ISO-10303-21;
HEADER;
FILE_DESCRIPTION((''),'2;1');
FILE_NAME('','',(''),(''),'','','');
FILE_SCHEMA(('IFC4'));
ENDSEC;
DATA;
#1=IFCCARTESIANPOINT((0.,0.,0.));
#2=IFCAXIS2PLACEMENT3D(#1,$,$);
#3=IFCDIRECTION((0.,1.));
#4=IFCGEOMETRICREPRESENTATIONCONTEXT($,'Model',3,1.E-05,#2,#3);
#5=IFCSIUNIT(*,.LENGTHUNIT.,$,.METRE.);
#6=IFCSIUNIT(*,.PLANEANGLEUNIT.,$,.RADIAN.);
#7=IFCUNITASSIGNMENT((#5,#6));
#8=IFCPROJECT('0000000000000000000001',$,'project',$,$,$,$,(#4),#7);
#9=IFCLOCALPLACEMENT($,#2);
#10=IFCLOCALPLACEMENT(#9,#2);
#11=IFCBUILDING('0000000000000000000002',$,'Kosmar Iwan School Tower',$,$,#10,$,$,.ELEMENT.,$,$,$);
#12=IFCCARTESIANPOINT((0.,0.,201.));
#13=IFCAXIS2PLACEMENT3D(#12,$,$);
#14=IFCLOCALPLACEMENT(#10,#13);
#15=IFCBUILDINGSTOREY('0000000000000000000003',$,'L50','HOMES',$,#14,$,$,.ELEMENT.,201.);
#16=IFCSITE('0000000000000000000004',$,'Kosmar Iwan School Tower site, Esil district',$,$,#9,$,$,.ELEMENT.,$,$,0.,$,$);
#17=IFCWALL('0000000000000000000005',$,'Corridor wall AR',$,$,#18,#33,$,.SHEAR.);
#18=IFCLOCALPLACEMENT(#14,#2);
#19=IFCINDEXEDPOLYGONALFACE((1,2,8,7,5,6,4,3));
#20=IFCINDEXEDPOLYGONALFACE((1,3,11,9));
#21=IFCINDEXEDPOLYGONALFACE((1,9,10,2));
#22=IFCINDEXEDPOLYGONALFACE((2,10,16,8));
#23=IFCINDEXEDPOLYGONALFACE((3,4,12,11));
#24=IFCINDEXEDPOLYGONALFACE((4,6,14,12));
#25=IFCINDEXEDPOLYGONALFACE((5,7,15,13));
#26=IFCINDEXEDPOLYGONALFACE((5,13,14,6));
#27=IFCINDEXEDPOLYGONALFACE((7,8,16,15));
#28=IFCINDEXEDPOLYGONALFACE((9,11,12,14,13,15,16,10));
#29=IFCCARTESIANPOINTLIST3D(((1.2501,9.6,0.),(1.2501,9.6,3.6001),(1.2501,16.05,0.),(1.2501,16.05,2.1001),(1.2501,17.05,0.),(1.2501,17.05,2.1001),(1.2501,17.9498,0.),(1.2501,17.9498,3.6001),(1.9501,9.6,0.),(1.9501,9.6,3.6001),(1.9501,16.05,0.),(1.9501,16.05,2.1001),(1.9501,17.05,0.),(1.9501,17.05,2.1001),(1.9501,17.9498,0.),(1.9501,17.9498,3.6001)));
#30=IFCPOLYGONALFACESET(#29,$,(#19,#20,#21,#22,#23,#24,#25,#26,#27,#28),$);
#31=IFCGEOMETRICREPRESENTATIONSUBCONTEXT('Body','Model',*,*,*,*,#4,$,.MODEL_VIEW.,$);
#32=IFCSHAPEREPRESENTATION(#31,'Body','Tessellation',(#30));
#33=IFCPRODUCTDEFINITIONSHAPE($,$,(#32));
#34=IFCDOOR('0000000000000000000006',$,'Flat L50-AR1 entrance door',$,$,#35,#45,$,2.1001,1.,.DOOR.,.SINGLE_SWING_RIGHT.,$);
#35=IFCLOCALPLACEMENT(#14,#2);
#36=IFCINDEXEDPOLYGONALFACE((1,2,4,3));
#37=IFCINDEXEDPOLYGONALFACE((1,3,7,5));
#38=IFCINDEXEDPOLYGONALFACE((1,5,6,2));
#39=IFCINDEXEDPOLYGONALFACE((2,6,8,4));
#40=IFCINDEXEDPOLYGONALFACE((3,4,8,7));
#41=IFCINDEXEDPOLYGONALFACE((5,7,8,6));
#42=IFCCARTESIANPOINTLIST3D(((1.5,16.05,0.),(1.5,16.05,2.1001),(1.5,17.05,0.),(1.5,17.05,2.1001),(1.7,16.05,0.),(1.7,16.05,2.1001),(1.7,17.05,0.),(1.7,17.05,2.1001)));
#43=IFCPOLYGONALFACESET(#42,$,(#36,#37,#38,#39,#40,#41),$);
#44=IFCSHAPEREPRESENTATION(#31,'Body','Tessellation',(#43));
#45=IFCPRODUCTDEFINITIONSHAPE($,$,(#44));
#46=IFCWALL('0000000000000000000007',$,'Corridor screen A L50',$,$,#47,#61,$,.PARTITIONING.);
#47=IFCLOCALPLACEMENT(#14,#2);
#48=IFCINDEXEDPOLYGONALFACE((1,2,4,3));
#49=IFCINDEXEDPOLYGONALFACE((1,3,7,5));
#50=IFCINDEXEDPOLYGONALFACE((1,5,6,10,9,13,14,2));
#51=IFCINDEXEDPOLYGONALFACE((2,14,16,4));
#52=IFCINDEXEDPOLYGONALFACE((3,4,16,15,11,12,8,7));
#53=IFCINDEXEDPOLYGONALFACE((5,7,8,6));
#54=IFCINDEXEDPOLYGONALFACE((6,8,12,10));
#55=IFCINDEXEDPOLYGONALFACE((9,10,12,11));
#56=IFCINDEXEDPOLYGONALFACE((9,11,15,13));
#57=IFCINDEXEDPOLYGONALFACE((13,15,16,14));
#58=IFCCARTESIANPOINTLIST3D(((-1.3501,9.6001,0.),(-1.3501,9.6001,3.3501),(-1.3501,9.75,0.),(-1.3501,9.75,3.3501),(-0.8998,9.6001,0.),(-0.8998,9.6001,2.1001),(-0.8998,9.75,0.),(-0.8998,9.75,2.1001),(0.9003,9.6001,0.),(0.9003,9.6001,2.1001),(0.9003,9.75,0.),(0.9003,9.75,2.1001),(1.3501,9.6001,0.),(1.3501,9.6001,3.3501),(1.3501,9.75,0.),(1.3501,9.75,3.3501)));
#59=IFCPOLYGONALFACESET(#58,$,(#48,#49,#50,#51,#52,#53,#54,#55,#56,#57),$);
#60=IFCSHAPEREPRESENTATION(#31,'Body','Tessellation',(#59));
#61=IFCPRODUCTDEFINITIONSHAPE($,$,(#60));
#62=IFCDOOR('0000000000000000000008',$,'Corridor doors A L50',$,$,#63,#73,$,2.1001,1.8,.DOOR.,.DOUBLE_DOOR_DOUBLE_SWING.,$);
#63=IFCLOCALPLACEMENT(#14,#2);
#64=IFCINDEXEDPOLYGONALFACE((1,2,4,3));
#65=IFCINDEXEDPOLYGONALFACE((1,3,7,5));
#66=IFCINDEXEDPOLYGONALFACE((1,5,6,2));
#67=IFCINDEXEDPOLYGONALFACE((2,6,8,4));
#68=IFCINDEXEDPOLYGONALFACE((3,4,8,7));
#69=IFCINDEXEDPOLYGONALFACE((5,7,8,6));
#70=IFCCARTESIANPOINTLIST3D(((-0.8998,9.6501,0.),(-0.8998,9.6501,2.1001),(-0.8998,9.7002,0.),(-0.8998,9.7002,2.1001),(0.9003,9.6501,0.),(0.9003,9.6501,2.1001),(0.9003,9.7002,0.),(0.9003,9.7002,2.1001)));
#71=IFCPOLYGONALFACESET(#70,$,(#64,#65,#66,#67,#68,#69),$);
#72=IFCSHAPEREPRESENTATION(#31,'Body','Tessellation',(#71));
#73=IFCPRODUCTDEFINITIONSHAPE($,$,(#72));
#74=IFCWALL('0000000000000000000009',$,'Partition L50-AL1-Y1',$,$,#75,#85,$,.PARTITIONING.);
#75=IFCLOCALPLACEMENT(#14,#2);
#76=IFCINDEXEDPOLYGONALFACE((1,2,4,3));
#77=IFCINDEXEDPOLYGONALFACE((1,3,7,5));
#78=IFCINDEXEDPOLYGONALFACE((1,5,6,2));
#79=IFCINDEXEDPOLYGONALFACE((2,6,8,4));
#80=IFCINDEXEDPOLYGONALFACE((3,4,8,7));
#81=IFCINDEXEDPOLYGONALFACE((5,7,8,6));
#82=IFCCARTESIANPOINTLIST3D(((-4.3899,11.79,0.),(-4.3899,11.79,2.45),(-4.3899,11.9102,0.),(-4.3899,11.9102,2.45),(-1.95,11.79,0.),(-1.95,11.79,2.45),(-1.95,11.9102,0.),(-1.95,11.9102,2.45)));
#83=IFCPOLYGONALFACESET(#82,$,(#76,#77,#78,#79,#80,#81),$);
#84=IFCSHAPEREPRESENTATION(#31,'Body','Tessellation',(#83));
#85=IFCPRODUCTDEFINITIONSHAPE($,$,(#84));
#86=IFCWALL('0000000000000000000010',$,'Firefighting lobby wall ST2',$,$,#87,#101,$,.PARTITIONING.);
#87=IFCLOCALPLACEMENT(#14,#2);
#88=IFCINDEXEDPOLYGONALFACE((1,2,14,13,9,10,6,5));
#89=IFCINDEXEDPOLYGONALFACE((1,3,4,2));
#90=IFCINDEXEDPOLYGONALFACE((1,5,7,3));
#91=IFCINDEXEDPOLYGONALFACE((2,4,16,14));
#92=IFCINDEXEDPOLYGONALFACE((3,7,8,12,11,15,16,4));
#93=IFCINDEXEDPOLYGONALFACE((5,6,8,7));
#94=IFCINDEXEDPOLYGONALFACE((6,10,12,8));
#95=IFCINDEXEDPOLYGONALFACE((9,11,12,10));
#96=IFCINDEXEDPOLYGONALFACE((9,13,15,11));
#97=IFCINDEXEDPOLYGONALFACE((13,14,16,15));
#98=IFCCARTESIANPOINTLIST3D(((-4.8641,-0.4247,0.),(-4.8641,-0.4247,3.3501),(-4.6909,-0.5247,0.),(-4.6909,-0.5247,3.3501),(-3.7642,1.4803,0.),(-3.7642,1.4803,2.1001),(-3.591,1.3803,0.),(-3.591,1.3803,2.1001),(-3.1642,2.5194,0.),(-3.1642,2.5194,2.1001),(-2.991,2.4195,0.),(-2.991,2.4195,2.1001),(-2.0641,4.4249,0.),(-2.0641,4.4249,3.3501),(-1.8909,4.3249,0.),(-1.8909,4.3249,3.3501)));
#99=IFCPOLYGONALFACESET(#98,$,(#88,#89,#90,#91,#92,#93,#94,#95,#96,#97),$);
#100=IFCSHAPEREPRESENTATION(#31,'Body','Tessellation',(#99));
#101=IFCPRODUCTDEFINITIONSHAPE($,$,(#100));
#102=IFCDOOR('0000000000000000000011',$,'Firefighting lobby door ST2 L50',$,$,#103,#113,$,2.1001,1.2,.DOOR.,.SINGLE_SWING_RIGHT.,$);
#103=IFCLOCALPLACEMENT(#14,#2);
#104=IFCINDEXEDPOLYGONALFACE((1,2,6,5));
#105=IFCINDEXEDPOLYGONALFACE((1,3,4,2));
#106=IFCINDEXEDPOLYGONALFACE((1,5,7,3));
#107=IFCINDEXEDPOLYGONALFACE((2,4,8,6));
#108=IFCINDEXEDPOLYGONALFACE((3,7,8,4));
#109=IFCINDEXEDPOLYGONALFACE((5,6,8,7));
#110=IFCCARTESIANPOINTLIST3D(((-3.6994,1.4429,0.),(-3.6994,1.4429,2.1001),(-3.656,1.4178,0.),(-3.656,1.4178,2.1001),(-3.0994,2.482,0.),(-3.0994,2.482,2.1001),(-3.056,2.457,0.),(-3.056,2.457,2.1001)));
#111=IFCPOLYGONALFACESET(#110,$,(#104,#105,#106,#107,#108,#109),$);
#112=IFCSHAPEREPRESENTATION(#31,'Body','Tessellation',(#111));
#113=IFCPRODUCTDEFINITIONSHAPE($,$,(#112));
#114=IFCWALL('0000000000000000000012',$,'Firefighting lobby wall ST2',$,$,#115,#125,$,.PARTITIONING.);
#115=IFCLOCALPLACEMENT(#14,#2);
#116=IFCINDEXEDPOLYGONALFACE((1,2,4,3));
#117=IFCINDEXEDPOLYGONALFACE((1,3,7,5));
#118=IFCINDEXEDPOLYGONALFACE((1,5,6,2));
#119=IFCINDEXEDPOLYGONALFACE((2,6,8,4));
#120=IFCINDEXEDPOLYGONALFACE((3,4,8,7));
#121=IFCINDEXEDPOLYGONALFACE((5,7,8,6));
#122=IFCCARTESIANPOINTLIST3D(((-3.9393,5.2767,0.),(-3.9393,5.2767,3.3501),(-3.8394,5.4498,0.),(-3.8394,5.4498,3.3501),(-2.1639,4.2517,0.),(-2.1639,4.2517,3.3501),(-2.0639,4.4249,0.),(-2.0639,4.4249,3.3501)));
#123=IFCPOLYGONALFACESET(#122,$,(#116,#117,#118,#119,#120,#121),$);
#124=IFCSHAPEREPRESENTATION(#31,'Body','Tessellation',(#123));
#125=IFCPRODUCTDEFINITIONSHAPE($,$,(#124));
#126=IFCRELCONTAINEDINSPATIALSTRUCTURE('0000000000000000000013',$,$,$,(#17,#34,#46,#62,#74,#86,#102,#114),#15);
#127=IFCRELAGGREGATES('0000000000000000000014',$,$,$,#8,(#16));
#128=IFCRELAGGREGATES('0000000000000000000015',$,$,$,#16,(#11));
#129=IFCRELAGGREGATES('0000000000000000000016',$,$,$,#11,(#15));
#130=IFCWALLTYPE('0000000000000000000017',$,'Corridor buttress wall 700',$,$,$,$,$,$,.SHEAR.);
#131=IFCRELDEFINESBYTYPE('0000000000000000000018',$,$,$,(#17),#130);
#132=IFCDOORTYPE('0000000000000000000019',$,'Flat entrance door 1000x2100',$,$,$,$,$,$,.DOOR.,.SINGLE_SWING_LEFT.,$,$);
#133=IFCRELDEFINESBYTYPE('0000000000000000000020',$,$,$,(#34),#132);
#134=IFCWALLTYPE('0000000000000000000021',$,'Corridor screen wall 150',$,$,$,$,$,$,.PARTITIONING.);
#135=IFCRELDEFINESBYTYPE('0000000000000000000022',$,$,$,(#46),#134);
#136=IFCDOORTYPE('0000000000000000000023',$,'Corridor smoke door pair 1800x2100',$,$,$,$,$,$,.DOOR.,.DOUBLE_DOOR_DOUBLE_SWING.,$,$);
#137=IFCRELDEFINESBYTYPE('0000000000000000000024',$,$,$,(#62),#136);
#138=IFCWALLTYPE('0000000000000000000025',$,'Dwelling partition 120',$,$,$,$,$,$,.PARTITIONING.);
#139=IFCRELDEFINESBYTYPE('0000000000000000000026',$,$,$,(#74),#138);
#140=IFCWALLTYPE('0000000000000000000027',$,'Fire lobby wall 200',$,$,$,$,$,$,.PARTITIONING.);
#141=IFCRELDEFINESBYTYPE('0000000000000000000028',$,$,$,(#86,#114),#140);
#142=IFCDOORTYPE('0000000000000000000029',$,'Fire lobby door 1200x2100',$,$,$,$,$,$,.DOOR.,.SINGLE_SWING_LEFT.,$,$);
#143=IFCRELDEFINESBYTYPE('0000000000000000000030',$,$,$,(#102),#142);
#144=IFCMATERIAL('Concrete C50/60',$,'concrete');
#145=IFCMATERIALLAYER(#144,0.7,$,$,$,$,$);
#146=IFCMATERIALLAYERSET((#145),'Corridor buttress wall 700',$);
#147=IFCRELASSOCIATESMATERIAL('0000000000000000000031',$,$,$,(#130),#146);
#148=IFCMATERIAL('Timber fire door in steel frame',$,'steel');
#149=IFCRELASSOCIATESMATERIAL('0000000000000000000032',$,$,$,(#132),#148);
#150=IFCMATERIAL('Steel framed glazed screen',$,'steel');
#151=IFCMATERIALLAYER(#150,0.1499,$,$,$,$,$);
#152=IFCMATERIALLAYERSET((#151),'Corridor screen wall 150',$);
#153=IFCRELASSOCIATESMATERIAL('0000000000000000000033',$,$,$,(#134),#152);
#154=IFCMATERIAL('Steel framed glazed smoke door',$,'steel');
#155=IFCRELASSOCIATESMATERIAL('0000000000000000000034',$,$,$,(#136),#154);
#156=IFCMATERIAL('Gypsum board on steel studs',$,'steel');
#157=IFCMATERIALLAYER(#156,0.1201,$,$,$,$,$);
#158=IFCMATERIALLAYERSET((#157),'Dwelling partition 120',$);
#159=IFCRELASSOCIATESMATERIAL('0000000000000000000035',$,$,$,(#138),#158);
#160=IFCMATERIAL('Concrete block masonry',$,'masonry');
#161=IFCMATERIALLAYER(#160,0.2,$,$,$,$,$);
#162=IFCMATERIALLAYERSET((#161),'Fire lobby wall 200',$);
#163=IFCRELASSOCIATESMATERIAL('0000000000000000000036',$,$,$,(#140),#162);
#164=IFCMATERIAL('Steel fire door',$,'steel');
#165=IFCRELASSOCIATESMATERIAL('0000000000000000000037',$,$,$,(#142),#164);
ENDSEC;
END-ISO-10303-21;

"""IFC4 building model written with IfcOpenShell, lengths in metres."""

from ifc_helpers import new_model, si_unit, direction, frame, frame_2d, origin, place, context, subcontext, project, spatial, rectangle, extrude, material, layer, layer_set, type_object, element, fill, save


model = new_model("IFC4")

# Units and contexts
model_context = context("Model", 3, precision=1e-05, world=origin(), true_north=direction((0.0, 1.0)))
body_context = subcontext(model_context, "Body", "Model", "MODEL_VIEW")
ifc_project = project(units=[si_unit("LENGTHUNIT", "METRE"), si_unit("PLANEANGLEUNIT", "RADIAN")], contexts=[model_context])

# Site, building, storey
site_placement = place(None, origin())
site = spatial("IfcSite", under=ifc_project, at=site_placement, Name="Kosmar Iwan School Tower site, Esil district", CompositionType="ELEMENT", RefElevation=0.0)
building_placement = place(site_placement, origin())
building = spatial("IfcBuilding", under=site, at=building_placement, Name="Kosmar Iwan School Tower", CompositionType="ELEMENT")
storey_placement = place(building_placement, frame((0.0, 0.0, 201.0)))
storey = spatial("IfcBuildingStorey", under=building, at=storey_placement, Name="L50", Description="HOMES", CompositionType="ELEMENT", Elevation=201.0)

# Walls, openings, doors
ifc_material_1 = material(Name="Concrete C50/60", Category="concrete")
ifc_layer_1 = layer(ifc_material_1, 0.7)
ifc_layer_set_1 = layer_set([ifc_layer_1], Name="Corridor buttress wall 700")
wall_type_1 = type_object("IfcWallType", Name="Corridor buttress wall 700", PredefinedType="SHEAR", material=ifc_layer_set_1)
ifc_material_2 = material(Name="Timber fire door in steel frame", Category="steel")
door_type_1 = type_object("IfcDoorType", Name="Flat entrance door 1000x2100", OperationType="SINGLE_SWING_LEFT", PredefinedType="DOOR", material=ifc_material_2)
wall_1_placement = place(storey_placement, frame((1.6001, 9.6001, 0.0), z_axis=(0.0, 0.0, 1.0), x_axis=(0.0, 1.0, 0.0)))
wall_1 = element("IfcWall", 1, at=wall_1_placement, inside=storey, type_object=wall_type_1, Name="Corridor wall AR", PredefinedType="SHEAR", context=body_context, shape_type="SweptSolid", body=[
    extrude(rectangle(XDim=8.3499, YDim=0.7, at=frame_2d((4.1748, 0.0))), origin(), (0.0, 0.0, 1.0), 3.6001),
])
opening_1_placement = place(wall_1_placement, frame((6.45, 0.0, 0.0)))
opening_1 = element("IfcOpeningElement", 2, at=opening_1_placement, cuts=wall_1, PredefinedType="OPENING", context=body_context, shape_type="SweptSolid", body=[
    extrude(rectangle(XDim=1.0, YDim=2.1001, at=frame_2d((0.5, 1.05))), frame((0.0, 0.3621, 0.0), z_axis=(0.0, -1.0, 0.0), x_axis=(1.0, 0.0, 0.0)), (0.0, 0.0, 1.0), 0.7239),
])
door_1_placement = place(opening_1_placement, origin())
door_1 = element("IfcDoor", 3, at=door_1_placement, inside=storey, type_object=door_type_1, Name="Flat L50-AR1 entrance door", OperationType="SINGLE_SWING_RIGHT", OverallHeight=2.1001, OverallWidth=1.0, PredefinedType="DOOR", context=body_context, shape_type="SweptSolid", body=[
    extrude(rectangle(XDim=1.0, YDim=2.1001, at=frame_2d((0.5, 1.05))), frame((0.0, 0.1001, 0.0), z_axis=(0.0, -1.0, 0.0), x_axis=(1.0, 0.0, 0.0)), (0.0, 0.0, 1.0), 0.2),
])
fill(opening_1, door_1)
ifc_material_3 = material(Name="Steel framed glazed screen", Category="steel")
ifc_layer_2 = layer(ifc_material_3, 0.1499)
ifc_layer_set_2 = layer_set([ifc_layer_2], Name="Corridor screen wall 150")
wall_type_2 = type_object("IfcWallType", Name="Corridor screen wall 150", PredefinedType="PARTITIONING", material=ifc_layer_set_2)
wall_2_placement = place(storey_placement, frame((1.3501, 9.675, 0.0), z_axis=(0.0, 0.0, 1.0), x_axis=(-1.0, 0.0, 0.0)))
wall_2 = element("IfcWall", 4, at=wall_2_placement, inside=storey, type_object=wall_type_2, Name="Corridor screen A L50", PredefinedType="PARTITIONING", context=body_context, shape_type="SweptSolid", body=[
    extrude(rectangle(XDim=2.7002, YDim=0.1499, at=frame_2d((1.3501, 0.0))), origin(), (0.0, 0.0, 1.0), 3.3501),
])
opening_2_placement = place(wall_2_placement, frame((0.45, 0.0, 0.0)))
opening_2 = element("IfcOpeningElement", 5, at=opening_2_placement, cuts=wall_2, PredefinedType="OPENING", context=body_context, shape_type="SweptSolid", body=[
    extrude(rectangle(XDim=1.8, YDim=2.1001, at=frame_2d((0.8999, 1.05))), frame((0.0, 0.0869, 0.0), z_axis=(0.0, -1.0, 0.0), x_axis=(1.0, 0.0, 0.0)), (0.0, 0.0, 1.0), 0.1738),
])
ifc_material_4 = material(Name="Steel framed glazed smoke door", Category="steel")
door_type_2 = type_object("IfcDoorType", Name="Corridor smoke door pair 1800x2100", OperationType="DOUBLE_DOOR_DOUBLE_SWING", PredefinedType="DOOR", material=ifc_material_4)
door_2_placement = place(opening_2_placement, origin())
door_2 = element("IfcDoor", 6, at=door_2_placement, inside=storey, type_object=door_type_2, Name="Corridor doors A L50", OperationType="DOUBLE_DOOR_DOUBLE_SWING", OverallHeight=2.1001, OverallWidth=1.8, PredefinedType="DOOR", context=body_context, shape_type="SweptSolid", body=[
    extrude(rectangle(XDim=1.8, YDim=2.1001, at=frame_2d((0.8999, 1.05))), frame((0.0, 0.0249, 0.0), z_axis=(0.0, -1.0, 0.0), x_axis=(1.0, 0.0, 0.0)), (0.0, 0.0, 1.0), 0.05),
])
fill(opening_2, door_2)

# Wall
ifc_material_5 = material(Name="Gypsum board on steel studs", Category="steel")
ifc_layer_3 = layer(ifc_material_5, 0.1201)
ifc_layer_set_3 = layer_set([ifc_layer_3], Name="Dwelling partition 120")
wall_type_3 = type_object("IfcWallType", Name="Dwelling partition 120", PredefinedType="PARTITIONING", material=ifc_layer_set_3)
wall_3_placement = place(storey_placement, frame((-1.95, 11.8501, 0.0), z_axis=(0.0, 0.0, 1.0), x_axis=(-1.0, 0.0, 0.0)))
element("IfcWall", 7, at=wall_3_placement, inside=storey, type_object=wall_type_3, Name="Partition L50-AL1-Y1", PredefinedType="PARTITIONING", context=body_context, shape_type="SweptSolid", body=[
    extrude(rectangle(XDim=2.4399, YDim=0.1201, at=frame_2d((1.22, 0.0))), origin(), (0.0, 0.0, 1.0), 2.45),
])

# Wall, opening, door
ifc_material_6 = material(Name="Concrete block masonry", Category="masonry")
ifc_layer_4 = layer(ifc_material_6, 0.2)
ifc_layer_set_4 = layer_set([ifc_layer_4], Name="Fire lobby wall 200")
wall_type_4 = type_object("IfcWallType", Name="Fire lobby wall 200", PredefinedType="PARTITIONING", material=ifc_layer_set_4)
wall_4_placement = place(storey_placement, frame((-1.9775, 4.3748, 0.0), z_axis=(0.0, 0.0, 1.0), x_axis=(-0.500017, -0.866016, 0.0)))
wall_4 = element("IfcWall", 8, at=wall_4_placement, inside=storey, type_object=wall_type_4, Name="Firefighting lobby wall ST2", PredefinedType="PARTITIONING", context=body_context, shape_type="SweptSolid", body=[
    extrude(rectangle(XDim=5.5999, YDim=0.2, at=frame_2d((2.7998, 0.0))), origin(), (0.0, 0.0, 1.0), 3.3501),
])
opening_3_placement = place(wall_4_placement, frame((2.2, 0.0, 0.0)))
opening_3 = element("IfcOpeningElement", 9, at=opening_3_placement, cuts=wall_4, PredefinedType="OPENING", context=body_context, shape_type="SweptSolid", body=[
    extrude(rectangle(XDim=1.2, YDim=2.1001, at=frame_2d((0.6001, 1.05))), frame((0.0, 0.1121, 0.0), z_axis=(0.0, -1.0, 0.0), x_axis=(1.0, 0.0, 0.0)), (0.0, 0.0, 1.0), 0.2239),
])
ifc_material_7 = material(Name="Steel fire door", Category="steel")
door_type_3 = type_object("IfcDoorType", Name="Fire lobby door 1200x2100", OperationType="SINGLE_SWING_LEFT", PredefinedType="DOOR", material=ifc_material_7)
door_3_placement = place(opening_3_placement, origin())
door_3 = element("IfcDoor", 10, at=door_3_placement, inside=storey, type_object=door_type_3, Name="Firefighting lobby door ST2 L50", OperationType="SINGLE_SWING_RIGHT", OverallHeight=2.1001, OverallWidth=1.2, PredefinedType="DOOR", context=body_context, shape_type="SweptSolid", body=[
    extrude(rectangle(XDim=1.2, YDim=2.1001, at=frame_2d((0.6001, 1.05))), frame((0.0, 0.0249, 0.0), z_axis=(0.0, -1.0, 0.0), x_axis=(1.0, 0.0, 0.0)), (0.0, 0.0, 1.0), 0.05),
])
fill(opening_3, door_3)

# Wall
wall_5_placement = place(storey_placement, frame((-2.114, 4.3384, 0.0), z_axis=(0.0, 0.0, 1.0), x_axis=(-0.866051, 0.499956, 0.0)))
element("IfcWall", 11, at=wall_5_placement, inside=storey, type_object=wall_type_4, Name="Firefighting lobby wall ST2", PredefinedType="PARTITIONING", context=body_context, shape_type="SweptSolid", body=[
    extrude(rectangle(XDim=2.05, YDim=0.2, at=frame_2d((1.0249, 0.0))), origin(), (0.0, 0.0, 1.0), 3.3501),
])

save(model, "model.ifc")
